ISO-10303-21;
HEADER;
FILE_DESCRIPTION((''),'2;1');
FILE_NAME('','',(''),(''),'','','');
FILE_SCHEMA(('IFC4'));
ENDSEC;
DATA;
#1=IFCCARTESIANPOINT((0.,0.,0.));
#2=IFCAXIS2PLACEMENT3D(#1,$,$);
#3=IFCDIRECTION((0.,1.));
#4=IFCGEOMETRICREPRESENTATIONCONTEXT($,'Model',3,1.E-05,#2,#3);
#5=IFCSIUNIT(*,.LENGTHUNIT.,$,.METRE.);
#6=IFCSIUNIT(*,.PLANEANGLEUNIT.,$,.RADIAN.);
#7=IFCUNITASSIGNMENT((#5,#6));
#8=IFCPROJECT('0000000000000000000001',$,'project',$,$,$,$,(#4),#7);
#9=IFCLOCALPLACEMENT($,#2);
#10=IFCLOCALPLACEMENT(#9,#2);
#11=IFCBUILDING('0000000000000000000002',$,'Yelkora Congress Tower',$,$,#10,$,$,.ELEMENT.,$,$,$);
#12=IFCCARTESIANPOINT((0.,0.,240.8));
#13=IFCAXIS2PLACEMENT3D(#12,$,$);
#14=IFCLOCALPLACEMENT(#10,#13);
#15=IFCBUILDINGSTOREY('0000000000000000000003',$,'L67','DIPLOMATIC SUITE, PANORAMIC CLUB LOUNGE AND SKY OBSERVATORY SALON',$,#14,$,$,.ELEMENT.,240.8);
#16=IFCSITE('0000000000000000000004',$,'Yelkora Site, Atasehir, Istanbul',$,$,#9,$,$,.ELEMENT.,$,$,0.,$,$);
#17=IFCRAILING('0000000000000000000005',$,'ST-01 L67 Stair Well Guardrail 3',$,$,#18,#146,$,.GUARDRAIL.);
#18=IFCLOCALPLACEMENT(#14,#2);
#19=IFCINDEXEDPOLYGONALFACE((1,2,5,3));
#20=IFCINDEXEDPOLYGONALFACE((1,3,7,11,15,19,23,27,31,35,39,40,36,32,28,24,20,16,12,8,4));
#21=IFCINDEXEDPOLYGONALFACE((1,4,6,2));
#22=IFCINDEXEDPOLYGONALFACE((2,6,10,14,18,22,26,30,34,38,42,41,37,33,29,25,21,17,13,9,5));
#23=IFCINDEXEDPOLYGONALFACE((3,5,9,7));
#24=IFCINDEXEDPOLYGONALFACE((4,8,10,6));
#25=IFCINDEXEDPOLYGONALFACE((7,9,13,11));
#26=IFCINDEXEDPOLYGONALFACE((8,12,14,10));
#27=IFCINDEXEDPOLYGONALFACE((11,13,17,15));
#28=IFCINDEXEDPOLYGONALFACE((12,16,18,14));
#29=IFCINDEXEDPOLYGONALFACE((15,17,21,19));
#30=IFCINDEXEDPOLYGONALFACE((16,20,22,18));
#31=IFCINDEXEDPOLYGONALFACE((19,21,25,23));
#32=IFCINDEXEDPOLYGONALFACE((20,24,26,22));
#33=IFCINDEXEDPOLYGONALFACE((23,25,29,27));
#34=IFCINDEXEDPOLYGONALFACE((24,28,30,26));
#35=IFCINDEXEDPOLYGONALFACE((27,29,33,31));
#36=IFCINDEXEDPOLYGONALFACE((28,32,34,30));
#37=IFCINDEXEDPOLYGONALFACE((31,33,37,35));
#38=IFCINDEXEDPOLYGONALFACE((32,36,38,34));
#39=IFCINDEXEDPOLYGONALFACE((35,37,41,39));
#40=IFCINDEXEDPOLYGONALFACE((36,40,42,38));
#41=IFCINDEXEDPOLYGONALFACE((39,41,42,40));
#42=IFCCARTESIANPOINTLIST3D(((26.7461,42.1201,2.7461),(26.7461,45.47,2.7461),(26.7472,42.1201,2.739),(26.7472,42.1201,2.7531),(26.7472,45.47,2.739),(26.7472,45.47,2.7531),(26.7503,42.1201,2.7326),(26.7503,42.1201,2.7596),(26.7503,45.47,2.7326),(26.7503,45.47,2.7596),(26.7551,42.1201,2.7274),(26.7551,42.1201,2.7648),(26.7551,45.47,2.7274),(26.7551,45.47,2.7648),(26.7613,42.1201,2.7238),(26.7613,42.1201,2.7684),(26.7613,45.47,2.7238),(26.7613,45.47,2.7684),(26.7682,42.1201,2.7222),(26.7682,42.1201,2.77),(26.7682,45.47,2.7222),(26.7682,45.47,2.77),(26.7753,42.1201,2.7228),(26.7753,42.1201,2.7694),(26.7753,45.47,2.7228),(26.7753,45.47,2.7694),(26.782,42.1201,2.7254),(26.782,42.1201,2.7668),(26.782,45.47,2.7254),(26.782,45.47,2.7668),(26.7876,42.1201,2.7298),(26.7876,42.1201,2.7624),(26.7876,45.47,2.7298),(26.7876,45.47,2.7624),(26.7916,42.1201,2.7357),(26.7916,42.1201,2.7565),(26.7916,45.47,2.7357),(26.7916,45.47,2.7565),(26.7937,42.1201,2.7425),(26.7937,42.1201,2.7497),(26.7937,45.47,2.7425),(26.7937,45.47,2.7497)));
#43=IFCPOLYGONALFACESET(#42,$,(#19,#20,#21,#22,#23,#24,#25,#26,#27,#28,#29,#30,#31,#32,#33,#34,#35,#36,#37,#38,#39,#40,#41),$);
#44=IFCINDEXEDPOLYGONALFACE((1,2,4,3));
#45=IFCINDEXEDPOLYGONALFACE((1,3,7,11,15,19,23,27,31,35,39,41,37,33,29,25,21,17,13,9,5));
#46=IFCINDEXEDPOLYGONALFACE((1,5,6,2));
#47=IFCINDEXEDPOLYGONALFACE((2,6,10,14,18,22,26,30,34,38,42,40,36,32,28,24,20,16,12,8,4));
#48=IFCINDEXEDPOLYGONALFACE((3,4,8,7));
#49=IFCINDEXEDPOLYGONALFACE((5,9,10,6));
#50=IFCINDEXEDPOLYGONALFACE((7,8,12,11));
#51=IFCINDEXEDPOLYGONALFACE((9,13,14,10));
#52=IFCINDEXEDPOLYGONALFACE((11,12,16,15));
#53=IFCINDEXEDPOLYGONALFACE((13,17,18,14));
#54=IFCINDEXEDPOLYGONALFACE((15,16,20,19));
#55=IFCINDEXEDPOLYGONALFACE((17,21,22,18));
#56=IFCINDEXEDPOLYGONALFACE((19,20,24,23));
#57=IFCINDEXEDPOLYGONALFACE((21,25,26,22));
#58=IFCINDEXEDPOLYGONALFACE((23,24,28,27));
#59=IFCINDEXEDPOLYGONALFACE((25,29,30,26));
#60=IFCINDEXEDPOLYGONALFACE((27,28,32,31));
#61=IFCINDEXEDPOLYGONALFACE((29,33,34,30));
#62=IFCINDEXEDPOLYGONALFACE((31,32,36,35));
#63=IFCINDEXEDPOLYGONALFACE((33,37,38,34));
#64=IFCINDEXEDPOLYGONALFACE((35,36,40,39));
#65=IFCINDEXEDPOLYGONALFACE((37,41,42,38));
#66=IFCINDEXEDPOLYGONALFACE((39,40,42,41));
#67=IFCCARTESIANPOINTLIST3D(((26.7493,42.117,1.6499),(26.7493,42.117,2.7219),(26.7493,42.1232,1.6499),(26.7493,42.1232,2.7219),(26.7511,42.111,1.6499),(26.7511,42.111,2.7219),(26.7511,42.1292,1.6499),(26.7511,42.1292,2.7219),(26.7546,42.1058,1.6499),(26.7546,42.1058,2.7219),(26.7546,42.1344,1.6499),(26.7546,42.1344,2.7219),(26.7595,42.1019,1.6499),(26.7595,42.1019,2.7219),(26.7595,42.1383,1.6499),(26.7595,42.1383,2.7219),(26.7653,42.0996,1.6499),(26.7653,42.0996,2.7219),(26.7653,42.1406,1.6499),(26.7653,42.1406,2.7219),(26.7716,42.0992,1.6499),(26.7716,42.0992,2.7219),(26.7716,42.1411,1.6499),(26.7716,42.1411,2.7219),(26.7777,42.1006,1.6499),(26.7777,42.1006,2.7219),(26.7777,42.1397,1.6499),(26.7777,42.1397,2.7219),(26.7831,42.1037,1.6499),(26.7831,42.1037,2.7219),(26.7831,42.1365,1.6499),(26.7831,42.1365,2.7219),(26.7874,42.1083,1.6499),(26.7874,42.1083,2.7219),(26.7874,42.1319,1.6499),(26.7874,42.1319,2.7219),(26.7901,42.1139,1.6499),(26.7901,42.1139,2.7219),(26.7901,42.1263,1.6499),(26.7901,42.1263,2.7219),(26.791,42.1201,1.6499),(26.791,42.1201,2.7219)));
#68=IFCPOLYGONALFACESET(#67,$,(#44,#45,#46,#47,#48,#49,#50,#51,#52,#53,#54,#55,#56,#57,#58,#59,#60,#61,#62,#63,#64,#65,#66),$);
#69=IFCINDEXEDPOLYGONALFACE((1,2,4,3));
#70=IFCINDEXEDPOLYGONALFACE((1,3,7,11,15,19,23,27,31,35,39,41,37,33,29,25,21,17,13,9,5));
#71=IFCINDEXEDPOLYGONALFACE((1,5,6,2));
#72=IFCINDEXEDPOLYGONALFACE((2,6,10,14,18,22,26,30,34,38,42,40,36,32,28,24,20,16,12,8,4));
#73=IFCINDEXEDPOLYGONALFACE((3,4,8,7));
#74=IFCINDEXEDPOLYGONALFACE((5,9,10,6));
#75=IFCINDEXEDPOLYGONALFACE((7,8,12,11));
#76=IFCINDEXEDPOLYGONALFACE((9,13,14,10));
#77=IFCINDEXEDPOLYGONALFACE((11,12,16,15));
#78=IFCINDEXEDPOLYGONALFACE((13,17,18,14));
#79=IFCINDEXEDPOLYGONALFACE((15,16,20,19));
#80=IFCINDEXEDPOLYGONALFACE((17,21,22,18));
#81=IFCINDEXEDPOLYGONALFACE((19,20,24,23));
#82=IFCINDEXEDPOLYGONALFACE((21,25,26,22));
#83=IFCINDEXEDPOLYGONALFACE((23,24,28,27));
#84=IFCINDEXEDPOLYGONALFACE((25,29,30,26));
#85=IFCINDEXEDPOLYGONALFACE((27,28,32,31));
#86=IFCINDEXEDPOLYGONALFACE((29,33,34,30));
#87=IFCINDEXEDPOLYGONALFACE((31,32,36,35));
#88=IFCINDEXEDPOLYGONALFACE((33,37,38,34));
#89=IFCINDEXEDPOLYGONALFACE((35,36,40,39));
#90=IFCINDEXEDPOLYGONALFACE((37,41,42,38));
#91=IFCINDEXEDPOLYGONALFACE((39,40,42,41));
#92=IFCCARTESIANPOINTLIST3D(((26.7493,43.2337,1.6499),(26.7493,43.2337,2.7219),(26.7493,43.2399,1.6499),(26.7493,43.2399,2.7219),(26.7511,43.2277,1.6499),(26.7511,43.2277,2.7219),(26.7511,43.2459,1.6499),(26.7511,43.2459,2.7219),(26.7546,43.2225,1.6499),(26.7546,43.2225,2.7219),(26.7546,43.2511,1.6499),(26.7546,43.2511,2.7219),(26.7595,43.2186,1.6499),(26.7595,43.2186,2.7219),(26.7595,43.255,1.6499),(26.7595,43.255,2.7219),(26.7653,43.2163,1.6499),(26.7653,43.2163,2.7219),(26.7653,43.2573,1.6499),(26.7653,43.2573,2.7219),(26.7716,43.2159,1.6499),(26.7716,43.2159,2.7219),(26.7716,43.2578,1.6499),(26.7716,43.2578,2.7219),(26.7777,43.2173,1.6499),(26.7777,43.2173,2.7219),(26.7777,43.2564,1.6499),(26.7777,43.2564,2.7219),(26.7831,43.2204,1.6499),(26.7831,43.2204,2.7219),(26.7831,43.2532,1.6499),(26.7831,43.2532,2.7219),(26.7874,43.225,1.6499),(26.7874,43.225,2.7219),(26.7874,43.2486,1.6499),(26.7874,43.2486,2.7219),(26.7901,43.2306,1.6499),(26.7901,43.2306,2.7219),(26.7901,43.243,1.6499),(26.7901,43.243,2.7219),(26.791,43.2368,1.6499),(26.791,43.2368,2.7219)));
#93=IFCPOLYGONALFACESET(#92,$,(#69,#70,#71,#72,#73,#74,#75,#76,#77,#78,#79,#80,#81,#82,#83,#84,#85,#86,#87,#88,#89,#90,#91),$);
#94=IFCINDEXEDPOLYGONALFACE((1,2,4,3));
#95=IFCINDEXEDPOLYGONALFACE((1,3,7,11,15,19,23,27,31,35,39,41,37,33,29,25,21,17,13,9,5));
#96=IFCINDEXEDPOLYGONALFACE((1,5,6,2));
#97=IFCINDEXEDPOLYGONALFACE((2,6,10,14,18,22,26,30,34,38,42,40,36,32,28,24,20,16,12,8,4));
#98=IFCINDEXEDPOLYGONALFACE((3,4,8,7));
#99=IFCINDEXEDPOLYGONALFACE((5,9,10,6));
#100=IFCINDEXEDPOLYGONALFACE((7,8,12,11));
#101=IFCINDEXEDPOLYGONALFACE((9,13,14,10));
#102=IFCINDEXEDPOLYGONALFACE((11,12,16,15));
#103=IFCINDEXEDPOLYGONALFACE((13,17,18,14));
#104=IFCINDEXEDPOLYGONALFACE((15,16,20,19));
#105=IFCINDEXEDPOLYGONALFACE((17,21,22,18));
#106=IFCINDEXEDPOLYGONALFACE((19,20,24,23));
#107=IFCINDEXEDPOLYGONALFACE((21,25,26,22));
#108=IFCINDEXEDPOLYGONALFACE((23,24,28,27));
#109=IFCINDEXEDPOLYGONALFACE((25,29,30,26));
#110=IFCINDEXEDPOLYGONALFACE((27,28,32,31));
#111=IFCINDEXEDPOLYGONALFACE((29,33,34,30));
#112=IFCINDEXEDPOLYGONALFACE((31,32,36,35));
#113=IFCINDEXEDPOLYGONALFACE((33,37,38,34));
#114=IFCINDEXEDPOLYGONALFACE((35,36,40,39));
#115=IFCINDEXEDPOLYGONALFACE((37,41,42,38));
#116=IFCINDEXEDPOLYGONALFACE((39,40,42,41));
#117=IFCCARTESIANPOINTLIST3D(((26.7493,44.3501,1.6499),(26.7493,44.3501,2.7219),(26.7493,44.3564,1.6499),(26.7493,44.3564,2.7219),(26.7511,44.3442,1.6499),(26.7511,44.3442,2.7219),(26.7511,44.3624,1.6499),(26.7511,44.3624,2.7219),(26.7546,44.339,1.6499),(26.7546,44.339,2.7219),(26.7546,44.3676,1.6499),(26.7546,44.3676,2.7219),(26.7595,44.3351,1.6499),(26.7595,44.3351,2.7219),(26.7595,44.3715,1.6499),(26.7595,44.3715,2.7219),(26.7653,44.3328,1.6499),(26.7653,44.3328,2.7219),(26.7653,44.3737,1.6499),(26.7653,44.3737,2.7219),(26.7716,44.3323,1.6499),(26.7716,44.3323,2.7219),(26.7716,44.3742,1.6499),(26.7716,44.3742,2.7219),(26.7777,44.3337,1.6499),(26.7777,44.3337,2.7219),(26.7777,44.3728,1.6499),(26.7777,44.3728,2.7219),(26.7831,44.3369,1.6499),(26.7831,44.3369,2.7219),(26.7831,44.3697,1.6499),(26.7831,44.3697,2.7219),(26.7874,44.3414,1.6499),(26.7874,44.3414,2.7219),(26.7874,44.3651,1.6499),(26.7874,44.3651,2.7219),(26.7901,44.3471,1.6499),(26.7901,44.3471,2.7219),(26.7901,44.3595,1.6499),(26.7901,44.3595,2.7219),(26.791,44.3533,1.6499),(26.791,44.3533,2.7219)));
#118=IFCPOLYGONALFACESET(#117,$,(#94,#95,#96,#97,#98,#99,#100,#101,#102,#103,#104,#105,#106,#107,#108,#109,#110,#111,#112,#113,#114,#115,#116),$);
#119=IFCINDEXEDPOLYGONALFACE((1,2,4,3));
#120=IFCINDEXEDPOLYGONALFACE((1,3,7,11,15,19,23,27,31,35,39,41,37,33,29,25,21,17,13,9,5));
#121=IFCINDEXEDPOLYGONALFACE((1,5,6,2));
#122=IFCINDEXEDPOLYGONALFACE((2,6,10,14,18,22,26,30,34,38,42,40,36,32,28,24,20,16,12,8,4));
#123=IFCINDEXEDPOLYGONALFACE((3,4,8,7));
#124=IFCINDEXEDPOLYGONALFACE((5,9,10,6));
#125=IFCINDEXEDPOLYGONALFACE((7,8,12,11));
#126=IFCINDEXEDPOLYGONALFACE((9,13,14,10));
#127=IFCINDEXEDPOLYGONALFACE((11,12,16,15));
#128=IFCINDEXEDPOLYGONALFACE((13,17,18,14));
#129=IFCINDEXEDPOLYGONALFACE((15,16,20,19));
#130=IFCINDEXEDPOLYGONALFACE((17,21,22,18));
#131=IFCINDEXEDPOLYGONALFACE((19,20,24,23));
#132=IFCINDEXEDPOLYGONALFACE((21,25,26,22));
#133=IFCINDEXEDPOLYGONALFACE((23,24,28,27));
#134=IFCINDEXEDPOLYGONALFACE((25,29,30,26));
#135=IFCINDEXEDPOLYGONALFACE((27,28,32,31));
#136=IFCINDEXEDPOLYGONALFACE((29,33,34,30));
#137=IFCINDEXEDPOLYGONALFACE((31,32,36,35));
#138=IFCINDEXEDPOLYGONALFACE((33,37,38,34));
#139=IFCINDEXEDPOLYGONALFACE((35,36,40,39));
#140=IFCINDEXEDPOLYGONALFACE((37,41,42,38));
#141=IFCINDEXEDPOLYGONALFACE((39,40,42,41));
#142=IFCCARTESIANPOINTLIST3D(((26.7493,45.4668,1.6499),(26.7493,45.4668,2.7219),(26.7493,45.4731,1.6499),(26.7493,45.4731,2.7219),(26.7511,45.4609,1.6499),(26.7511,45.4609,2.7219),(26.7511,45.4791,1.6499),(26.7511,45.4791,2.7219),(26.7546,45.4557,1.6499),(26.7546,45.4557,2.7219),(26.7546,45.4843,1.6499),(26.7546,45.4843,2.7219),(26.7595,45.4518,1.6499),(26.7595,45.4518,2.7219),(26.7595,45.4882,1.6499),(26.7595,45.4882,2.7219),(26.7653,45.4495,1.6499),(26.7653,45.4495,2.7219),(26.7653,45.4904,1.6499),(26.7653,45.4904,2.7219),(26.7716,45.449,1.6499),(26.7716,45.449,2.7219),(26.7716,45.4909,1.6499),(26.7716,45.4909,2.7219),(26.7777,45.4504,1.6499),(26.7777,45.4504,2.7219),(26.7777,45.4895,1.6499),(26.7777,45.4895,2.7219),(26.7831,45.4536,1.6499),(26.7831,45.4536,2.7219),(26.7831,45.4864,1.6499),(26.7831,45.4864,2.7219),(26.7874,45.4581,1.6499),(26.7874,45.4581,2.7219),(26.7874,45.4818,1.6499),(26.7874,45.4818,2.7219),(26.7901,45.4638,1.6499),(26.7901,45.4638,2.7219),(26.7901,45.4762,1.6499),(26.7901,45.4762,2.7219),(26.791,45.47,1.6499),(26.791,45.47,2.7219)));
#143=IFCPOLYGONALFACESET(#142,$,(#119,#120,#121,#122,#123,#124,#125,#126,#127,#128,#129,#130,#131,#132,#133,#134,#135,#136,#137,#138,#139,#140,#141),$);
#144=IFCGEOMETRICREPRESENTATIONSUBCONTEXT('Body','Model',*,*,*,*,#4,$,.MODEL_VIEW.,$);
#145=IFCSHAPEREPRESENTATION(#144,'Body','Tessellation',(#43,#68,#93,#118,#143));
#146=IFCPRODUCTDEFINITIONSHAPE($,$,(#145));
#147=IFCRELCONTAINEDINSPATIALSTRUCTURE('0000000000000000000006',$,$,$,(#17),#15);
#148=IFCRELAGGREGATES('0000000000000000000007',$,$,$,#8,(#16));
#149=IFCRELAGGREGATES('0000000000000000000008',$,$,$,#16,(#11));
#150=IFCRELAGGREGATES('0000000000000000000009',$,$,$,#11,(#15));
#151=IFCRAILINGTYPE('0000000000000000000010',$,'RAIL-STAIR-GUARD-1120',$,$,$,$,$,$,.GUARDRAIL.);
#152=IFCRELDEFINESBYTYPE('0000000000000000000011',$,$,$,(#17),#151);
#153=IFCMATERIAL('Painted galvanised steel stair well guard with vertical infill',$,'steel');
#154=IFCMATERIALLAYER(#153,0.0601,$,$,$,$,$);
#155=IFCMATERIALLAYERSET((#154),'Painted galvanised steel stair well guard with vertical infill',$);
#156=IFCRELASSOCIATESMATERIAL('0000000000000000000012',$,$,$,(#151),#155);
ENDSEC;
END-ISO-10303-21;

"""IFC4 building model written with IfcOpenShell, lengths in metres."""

from ifc_helpers import new_model, si_unit, direction, frame, origin, origin_2d, place, context, subcontext, project, spatial, circle, extrude, material, layer, layer_set, type_object, element, save


model = new_model("IFC4")

# Units and contexts
model_context = context("Model", 3, precision=1e-05, world=origin(), true_north=direction((0.0, 1.0)))
body_context = subcontext(model_context, "Body", "Model", "MODEL_VIEW")
ifc_project = project(units=[si_unit("LENGTHUNIT", "METRE"), si_unit("PLANEANGLEUNIT", "RADIAN")], contexts=[model_context])

# Site, building, storey
site_placement = place(None, origin())
site = spatial("IfcSite", under=ifc_project, at=site_placement, Name="Yelkora Site, Atasehir, Istanbul", CompositionType="ELEMENT", RefElevation=0.0)
building_placement = place(site_placement, origin())
building = spatial("IfcBuilding", under=site, at=building_placement, Name="Yelkora Congress Tower", CompositionType="ELEMENT")
storey_placement = place(building_placement, frame((0.0, 0.0, 240.8)))
storey = spatial("IfcBuildingStorey", under=building, at=storey_placement, Name="L67", Description="DIPLOMATIC SUITE, PANORAMIC CLUB LOUNGE AND SKY OBSERVATORY SALON", CompositionType="ELEMENT", Elevation=240.8)

# Railing
ifc_material_1 = material(Name="Painted galvanised steel stair well guard with vertical infill", Category="steel")
ifc_layer_1 = layer(ifc_material_1, 0.0601)
ifc_layer_set_1 = layer_set([ifc_layer_1], Name="Painted galvanised steel stair well guard with vertical infill")
railing_type = type_object("IfcRailingType", Name="RAIL-STAIR-GUARD-1120", PredefinedType="GUARDRAIL", material=ifc_layer_set_1)
railing_1_placement = place(storey_placement, frame((26.77, 42.1201, 1.6499)))
element("IfcRailing", 1, at=railing_1_placement, inside=storey, type_object=railing_type, Name="ST-01 L67 Stair Well Guardrail 3", PredefinedType="GUARDRAIL", context=body_context, shape_type="SweptSolid", body=[
    extrude(circle(Radius=0.0239, at=origin_2d()), frame((0.0, 0.0, 1.0962), z_axis=(0.0, 1.0, 0.0), x_axis=(-1.0, 0.0, 0.0)), (0.0, 0.0, 1.0), 3.3499),
    extrude(circle(Radius=0.021, at=origin_2d()), origin(), (0.0, 0.0, 1.0), 1.072),
    extrude(circle(Radius=0.021, at=origin_2d()), frame((0.0, 1.1167, 0.0)), (0.0, 0.0, 1.0), 1.072),
    extrude(circle(Radius=0.021, at=origin_2d()), frame((0.0, 2.2332, 0.0)), (0.0, 0.0, 1.0), 1.072),
    extrude(circle(Radius=0.021, at=origin_2d()), frame((0.0, 3.3499, 0.0)), (0.0, 0.0, 1.0), 1.072),
])

save(model, "model.ifc")
